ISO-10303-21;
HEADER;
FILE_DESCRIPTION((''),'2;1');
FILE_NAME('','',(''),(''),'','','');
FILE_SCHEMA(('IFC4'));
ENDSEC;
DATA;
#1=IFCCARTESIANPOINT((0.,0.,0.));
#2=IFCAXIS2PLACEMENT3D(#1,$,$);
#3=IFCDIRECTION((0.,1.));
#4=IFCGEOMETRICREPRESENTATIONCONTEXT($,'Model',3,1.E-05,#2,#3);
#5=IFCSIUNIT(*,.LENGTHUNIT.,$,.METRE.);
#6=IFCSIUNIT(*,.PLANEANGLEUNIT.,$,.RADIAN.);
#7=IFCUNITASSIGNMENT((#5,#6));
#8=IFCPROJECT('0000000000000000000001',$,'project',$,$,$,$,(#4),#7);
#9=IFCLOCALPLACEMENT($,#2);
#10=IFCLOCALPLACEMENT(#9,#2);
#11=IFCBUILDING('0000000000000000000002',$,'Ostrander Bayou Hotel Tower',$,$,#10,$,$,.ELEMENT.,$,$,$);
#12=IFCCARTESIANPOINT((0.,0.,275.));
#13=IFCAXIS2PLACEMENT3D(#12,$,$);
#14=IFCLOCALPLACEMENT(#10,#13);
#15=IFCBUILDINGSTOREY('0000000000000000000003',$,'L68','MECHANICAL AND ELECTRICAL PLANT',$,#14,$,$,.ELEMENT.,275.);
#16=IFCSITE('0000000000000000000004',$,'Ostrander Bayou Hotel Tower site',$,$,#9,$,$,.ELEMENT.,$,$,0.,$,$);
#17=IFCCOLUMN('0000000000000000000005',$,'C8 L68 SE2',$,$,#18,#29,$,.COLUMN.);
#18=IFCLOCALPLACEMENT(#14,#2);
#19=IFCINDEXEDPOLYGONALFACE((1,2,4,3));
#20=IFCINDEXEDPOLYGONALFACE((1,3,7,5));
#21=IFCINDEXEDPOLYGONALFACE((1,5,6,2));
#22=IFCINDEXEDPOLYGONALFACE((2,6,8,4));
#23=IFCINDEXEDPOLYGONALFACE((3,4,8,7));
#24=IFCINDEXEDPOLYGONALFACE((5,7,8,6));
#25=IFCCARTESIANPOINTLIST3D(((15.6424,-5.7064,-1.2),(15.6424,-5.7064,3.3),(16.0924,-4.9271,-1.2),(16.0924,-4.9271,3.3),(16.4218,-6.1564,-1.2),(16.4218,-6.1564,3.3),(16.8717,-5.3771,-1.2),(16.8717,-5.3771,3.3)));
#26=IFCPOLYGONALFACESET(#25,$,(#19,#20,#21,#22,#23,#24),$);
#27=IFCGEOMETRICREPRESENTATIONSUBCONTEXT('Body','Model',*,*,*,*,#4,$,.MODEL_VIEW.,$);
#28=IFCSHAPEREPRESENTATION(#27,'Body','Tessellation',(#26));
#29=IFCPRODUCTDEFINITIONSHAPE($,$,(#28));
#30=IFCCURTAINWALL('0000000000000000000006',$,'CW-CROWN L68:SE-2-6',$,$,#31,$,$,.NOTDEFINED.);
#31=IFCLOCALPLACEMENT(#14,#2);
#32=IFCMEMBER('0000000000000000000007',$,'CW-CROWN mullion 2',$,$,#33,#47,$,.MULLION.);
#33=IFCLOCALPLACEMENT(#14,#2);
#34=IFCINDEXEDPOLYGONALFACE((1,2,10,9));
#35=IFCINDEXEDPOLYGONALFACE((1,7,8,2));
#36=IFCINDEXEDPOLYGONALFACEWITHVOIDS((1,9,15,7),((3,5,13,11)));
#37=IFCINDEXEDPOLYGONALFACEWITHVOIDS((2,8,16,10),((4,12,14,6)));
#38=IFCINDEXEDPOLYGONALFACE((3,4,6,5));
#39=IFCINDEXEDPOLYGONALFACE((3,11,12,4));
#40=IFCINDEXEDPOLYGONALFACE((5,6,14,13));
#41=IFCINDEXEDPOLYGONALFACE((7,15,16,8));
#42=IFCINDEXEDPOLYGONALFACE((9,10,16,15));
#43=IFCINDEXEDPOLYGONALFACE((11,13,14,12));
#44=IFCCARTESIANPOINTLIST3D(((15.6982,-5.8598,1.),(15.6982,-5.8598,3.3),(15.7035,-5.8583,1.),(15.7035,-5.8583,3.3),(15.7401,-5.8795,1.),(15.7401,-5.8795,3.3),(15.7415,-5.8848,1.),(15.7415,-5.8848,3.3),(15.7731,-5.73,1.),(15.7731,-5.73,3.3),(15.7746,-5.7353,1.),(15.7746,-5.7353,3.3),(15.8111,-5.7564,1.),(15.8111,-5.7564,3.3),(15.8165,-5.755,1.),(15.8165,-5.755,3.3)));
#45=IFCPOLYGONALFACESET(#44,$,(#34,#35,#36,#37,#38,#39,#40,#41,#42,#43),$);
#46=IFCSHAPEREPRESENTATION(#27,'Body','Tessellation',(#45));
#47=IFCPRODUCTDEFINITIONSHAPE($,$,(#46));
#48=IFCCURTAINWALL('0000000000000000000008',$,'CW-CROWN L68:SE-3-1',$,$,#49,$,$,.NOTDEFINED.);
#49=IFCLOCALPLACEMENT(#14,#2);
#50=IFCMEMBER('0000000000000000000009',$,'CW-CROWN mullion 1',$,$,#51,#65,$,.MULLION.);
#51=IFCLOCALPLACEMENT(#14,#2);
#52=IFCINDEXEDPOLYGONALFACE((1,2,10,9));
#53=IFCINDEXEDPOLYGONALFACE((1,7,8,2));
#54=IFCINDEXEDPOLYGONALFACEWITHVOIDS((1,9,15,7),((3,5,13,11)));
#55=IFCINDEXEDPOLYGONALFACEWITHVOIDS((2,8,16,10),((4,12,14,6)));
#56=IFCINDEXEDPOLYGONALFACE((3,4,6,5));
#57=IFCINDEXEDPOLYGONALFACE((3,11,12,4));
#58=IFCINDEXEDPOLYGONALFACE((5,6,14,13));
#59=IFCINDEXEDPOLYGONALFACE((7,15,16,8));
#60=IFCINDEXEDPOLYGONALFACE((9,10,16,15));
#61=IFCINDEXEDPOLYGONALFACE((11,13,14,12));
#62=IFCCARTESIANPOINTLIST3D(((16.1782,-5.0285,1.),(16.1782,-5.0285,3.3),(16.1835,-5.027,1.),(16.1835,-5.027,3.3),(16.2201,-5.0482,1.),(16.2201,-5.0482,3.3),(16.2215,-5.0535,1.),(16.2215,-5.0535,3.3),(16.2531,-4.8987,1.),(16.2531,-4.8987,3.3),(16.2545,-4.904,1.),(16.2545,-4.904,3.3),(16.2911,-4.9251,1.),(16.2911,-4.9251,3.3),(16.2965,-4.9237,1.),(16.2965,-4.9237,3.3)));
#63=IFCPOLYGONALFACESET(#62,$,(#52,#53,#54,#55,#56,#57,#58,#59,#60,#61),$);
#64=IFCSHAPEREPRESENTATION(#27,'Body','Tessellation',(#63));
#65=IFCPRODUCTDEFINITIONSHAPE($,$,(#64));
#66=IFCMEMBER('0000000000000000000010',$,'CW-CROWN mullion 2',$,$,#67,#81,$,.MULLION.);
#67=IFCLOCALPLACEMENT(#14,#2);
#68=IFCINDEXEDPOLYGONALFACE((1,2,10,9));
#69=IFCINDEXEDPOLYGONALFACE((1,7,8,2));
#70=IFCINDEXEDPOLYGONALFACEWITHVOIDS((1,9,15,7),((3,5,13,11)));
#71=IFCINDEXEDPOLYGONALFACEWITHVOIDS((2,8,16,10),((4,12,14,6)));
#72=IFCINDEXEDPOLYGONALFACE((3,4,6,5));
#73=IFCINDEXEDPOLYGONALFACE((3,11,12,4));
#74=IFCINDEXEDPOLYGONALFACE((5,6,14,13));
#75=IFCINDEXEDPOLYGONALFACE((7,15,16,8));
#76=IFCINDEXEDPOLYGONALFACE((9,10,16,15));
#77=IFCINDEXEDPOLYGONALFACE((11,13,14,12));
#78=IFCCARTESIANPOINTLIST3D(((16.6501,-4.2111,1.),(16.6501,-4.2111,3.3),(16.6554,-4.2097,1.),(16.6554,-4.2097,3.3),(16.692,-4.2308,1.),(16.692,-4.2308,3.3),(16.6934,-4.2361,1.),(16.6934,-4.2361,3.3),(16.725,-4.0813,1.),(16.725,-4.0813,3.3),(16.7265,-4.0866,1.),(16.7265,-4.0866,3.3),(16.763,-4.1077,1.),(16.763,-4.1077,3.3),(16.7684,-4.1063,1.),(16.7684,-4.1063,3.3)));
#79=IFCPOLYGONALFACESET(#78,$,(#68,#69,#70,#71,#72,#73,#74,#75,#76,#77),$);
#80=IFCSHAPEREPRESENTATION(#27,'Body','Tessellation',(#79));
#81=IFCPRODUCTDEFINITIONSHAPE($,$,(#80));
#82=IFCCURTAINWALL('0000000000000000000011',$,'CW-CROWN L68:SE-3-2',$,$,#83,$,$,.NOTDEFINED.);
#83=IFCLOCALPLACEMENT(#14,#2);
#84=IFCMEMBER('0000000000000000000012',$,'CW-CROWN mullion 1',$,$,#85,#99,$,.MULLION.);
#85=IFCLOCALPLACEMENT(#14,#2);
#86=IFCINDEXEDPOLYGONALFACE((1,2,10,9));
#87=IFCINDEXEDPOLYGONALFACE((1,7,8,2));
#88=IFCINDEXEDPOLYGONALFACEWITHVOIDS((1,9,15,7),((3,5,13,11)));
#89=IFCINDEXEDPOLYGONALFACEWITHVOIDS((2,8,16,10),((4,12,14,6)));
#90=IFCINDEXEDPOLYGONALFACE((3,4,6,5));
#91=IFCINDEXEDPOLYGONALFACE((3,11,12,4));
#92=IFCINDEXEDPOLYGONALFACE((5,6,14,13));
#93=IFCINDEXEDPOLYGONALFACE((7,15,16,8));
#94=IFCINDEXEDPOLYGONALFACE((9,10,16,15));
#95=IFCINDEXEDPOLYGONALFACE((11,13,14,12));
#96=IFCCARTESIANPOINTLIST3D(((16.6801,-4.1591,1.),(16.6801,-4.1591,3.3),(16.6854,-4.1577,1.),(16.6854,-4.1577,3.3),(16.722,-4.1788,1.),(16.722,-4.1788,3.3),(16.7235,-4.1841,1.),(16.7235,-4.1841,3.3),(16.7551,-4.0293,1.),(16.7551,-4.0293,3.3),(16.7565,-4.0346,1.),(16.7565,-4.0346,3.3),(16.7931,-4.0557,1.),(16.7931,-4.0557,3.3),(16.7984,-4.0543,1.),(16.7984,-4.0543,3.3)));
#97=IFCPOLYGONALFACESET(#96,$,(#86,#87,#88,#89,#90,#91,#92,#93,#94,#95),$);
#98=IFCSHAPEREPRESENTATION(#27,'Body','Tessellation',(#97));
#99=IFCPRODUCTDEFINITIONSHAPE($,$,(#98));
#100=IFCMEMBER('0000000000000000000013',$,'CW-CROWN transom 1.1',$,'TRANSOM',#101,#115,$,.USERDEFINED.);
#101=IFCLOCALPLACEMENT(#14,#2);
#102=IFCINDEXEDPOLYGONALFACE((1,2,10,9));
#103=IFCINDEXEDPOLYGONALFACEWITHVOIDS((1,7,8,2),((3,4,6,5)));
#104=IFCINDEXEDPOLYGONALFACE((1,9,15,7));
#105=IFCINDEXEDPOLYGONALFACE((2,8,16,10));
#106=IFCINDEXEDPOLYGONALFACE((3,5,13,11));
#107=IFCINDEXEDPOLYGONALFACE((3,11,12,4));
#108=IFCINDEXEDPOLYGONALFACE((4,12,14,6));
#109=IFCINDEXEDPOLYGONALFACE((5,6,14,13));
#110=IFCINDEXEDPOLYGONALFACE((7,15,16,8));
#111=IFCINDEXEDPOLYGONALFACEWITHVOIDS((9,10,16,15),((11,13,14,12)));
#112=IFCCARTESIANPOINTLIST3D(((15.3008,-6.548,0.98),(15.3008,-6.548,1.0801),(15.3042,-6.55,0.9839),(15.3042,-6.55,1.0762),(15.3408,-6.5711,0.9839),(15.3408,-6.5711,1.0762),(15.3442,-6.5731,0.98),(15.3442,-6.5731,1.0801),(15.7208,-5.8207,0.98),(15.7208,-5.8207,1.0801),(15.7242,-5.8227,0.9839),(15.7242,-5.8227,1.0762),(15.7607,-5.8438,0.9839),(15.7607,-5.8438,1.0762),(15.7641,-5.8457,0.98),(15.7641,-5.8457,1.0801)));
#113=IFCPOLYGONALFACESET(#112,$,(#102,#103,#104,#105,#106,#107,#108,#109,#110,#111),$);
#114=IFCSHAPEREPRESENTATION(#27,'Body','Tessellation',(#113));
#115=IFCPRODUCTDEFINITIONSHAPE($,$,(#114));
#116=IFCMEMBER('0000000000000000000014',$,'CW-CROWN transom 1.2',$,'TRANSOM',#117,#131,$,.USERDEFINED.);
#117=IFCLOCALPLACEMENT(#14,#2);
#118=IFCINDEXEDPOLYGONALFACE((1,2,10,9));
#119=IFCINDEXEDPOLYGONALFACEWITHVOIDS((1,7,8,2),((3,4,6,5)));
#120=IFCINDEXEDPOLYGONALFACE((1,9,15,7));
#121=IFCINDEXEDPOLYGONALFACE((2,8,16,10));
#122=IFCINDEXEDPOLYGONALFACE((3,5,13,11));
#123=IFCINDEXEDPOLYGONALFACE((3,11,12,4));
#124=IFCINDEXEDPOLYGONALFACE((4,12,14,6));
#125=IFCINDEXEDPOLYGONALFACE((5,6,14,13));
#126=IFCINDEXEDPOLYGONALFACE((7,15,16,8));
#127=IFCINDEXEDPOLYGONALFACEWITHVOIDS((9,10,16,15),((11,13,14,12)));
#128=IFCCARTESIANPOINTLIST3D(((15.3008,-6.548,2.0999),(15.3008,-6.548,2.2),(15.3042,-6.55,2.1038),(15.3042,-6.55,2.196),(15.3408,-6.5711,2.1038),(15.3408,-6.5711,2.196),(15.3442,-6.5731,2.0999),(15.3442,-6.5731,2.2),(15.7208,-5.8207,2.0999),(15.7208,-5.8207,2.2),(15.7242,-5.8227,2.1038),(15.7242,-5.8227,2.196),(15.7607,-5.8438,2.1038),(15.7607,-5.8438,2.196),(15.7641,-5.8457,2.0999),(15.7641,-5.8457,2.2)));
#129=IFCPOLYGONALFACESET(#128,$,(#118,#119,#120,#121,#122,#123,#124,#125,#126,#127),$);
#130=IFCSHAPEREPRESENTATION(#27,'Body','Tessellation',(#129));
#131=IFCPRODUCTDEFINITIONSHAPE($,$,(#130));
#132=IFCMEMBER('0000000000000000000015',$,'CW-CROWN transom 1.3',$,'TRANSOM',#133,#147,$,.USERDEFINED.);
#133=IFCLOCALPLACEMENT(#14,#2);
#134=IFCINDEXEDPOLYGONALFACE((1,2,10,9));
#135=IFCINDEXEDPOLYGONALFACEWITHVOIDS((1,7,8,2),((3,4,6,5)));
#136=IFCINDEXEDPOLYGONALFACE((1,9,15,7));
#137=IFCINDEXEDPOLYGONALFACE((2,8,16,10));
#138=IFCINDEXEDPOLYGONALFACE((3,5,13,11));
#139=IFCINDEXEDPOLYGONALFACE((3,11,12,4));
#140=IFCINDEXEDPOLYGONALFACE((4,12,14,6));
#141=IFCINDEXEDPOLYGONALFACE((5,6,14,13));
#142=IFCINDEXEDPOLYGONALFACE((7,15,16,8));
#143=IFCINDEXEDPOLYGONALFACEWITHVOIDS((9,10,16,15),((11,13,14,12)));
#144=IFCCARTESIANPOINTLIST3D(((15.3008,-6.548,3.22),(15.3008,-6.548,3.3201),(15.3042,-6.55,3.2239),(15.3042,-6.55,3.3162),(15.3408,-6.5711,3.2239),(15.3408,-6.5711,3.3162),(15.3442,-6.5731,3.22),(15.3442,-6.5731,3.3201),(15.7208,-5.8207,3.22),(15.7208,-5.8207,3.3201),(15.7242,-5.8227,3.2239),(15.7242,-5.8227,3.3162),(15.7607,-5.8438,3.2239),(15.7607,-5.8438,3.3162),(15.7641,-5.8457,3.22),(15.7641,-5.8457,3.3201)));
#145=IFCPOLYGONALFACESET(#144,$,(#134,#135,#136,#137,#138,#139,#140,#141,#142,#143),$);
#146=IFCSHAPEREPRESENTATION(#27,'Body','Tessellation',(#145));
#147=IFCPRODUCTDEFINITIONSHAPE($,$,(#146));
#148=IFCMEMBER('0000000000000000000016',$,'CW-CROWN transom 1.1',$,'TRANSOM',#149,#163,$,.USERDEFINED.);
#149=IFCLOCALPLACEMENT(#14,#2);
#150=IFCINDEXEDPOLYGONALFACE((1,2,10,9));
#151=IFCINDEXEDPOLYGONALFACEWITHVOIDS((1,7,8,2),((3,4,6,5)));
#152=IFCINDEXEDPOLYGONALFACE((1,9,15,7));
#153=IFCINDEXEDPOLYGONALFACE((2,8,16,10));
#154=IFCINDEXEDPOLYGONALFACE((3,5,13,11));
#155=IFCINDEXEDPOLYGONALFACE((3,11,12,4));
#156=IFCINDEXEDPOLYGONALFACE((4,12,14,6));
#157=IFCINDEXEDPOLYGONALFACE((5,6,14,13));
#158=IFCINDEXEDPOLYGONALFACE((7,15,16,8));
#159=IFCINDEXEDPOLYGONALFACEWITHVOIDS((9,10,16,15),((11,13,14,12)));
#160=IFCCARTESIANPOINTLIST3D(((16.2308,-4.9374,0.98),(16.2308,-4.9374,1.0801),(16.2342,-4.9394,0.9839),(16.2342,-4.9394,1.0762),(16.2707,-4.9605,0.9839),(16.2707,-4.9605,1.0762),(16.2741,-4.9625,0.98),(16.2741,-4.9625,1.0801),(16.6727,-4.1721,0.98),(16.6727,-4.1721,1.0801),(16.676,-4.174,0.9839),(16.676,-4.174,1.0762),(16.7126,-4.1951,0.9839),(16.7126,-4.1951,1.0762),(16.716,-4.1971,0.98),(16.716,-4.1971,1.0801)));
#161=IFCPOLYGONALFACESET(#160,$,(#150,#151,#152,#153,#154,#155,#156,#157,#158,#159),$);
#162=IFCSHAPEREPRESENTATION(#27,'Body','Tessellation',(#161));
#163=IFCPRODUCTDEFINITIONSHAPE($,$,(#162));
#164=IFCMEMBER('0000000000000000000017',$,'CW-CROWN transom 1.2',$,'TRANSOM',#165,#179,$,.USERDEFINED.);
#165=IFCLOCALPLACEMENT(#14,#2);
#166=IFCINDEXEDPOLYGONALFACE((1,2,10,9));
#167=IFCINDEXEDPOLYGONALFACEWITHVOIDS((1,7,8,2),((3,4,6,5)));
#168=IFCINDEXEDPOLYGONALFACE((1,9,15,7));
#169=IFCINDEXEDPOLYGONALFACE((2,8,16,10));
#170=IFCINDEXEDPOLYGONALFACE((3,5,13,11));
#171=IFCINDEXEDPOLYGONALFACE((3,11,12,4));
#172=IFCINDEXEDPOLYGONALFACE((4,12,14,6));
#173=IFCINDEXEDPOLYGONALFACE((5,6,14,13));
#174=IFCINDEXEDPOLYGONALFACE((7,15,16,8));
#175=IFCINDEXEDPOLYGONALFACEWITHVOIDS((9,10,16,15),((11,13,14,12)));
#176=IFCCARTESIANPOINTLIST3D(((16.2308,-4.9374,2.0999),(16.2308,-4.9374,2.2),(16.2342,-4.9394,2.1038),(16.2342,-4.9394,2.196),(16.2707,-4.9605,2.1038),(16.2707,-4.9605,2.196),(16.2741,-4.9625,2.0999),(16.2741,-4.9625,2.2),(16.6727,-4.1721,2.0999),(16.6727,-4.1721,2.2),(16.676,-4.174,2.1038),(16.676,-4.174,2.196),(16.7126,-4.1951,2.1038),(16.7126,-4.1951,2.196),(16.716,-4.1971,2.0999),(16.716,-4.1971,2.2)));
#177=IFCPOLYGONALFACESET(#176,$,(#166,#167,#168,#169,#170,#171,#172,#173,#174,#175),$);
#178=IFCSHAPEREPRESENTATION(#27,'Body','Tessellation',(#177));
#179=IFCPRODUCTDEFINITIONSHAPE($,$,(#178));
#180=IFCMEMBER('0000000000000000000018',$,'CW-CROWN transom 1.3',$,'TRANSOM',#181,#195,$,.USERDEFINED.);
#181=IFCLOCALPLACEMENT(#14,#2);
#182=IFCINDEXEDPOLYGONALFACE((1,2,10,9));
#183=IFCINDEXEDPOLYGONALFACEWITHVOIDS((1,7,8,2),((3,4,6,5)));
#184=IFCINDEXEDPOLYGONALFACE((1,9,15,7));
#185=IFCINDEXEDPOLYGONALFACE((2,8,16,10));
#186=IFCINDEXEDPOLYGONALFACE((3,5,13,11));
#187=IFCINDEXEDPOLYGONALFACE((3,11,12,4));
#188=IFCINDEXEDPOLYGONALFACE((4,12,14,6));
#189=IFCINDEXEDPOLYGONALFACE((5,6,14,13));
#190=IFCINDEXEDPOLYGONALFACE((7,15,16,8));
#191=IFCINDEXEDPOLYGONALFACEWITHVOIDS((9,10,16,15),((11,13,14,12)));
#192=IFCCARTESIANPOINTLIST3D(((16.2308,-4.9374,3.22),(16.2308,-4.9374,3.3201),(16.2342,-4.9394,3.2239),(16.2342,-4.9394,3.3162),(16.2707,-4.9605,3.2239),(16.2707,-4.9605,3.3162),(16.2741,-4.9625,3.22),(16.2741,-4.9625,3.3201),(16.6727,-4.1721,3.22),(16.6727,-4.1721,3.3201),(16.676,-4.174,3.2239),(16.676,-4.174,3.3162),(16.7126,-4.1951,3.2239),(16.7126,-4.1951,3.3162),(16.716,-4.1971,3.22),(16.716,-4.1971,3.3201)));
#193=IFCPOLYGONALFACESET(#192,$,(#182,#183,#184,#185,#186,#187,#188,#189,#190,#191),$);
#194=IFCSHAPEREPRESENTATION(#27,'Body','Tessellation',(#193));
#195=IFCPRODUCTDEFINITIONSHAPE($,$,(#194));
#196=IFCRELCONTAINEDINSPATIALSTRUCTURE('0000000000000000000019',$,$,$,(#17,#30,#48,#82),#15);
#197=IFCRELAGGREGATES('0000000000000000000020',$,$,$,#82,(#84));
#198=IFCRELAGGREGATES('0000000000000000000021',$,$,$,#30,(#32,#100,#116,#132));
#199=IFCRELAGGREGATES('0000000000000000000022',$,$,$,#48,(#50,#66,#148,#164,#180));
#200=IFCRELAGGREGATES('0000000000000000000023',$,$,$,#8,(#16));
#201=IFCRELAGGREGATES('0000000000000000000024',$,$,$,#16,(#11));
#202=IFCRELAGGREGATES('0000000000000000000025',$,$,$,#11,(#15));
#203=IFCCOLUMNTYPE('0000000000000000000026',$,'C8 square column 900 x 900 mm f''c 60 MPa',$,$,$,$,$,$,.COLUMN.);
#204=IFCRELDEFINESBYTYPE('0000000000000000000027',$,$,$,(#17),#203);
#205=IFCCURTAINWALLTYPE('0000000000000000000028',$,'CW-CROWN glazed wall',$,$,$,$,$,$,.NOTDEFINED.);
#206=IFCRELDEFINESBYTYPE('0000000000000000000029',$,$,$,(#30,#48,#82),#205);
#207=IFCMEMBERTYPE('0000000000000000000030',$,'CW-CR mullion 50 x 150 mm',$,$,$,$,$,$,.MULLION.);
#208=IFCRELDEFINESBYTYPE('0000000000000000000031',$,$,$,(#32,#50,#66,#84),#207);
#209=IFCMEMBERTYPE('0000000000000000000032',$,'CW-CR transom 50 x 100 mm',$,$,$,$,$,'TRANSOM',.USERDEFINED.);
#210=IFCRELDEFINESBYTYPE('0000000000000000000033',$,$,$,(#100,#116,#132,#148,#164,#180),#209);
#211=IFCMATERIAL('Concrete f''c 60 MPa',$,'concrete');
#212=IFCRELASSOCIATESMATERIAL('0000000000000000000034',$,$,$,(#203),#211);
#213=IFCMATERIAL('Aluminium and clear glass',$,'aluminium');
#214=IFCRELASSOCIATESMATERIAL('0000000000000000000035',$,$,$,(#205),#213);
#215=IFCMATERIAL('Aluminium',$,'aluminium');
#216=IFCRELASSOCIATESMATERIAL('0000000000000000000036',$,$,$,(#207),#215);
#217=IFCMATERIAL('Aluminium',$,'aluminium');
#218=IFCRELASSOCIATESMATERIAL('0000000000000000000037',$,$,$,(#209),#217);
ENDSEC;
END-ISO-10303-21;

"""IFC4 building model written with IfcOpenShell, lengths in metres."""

from ifc_helpers import new_model, si_unit, direction, frame, origin, origin_2d, place, context, subcontext, project, spatial, rectangle, hollow_rectangle, extrude, material, material_profile, profile_set, type_object, element, aggregate, save


model = new_model("IFC4")

# Units and contexts
model_context = context("Model", 3, precision=1e-05, world=origin(), true_north=direction((0.0, 1.0)))
body_context = subcontext(model_context, "Body", "Model", "MODEL_VIEW")
ifc_project = project(units=[si_unit("LENGTHUNIT", "METRE"), si_unit("PLANEANGLEUNIT", "RADIAN")], contexts=[model_context])

# Site, building, storey
site_placement = place(None, origin())
site = spatial("IfcSite", under=ifc_project, at=site_placement, Name="Ostrander Bayou Hotel Tower site", CompositionType="ELEMENT", RefElevation=0.0)
building_placement = place(site_placement, origin())
building = spatial("IfcBuilding", under=site, at=building_placement, Name="Ostrander Bayou Hotel Tower", CompositionType="ELEMENT")
storey_placement = place(building_placement, frame((0.0, 0.0, 275.0)))
storey = spatial("IfcBuildingStorey", under=building, at=storey_placement, Name="L68", Description="MECHANICAL AND ELECTRICAL PLANT", CompositionType="ELEMENT", Elevation=275.0)

# Column
ifc_material_1 = material(Name="Concrete f'c 60 MPa", Category="concrete")
ifc_material_profile_1 = material_profile(ifc_material_1, rectangle(XDim=0.8999, YDim=0.8999, at=origin_2d()))
ifc_profile_set_1 = profile_set([ifc_material_profile_1], Name="Concrete f'c 60 MPa")
column_type = type_object("IfcColumnType", Name="C8 square column 900 x 900 mm f'c 60 MPa", PredefinedType="COLUMN", material=ifc_profile_set_1)
column_placement = place(storey_placement, frame((16.2571, -5.5417, -1.2), z_axis=(0.0, 0.0, 1.0), x_axis=(-0.5, -0.866025, 0.0)))
element("IfcColumn", 1, at=column_placement, inside=storey, type_object=column_type, Name="C8 L68 SE2", PredefinedType="COLUMN", context=body_context, shape_type="SweptSolid", body=[
    extrude(rectangle(XDim=0.8999, YDim=0.8999, at=origin_2d()), origin(), (0.0, 0.0, 1.0), 4.5),
])

# Curtain wall, member
ifc_material_2 = material(Name="Aluminium and clear glass", Category="aluminium")
curtain_wall_type = type_object("IfcCurtainWallType", Name="CW-CROWN glazed wall", PredefinedType="NOTDEFINED", material=ifc_material_2)
curtain_wall_1_placement = place(storey_placement, origin())
curtain_wall_1 = element("IfcCurtainWall", 2, at=curtain_wall_1_placement, inside=storey, type_object=curtain_wall_type, Name="CW-CROWN L68:SE-2-6", PredefinedType="NOTDEFINED")
ifc_material_3 = material(Name="Aluminium", Category="aluminium")
ifc_material_profile_2 = material_profile(ifc_material_3, hollow_rectangle(XDim=0.05, YDim=0.1499, WallThickness=0.0039, at=origin_2d()))
ifc_profile_set_2 = profile_set([ifc_material_profile_2], Name="Aluminium")
member_type_1 = type_object("IfcMemberType", Name="CW-CR mullion 50 x 150 mm", PredefinedType="MULLION", material=ifc_profile_set_2)
member_1_placement = place(storey_placement, frame((15.7573, -5.8074, 1.0), z_axis=(0.0, 0.0, 1.0), x_axis=(-0.866022, 0.500005, 0.0)))
member_1 = element("IfcMember", 3, at=member_1_placement, type_object=member_type_1, Name="CW-CROWN mullion 2", PredefinedType="MULLION", context=body_context, shape_type="SweptSolid", body=[
    extrude(hollow_rectangle(XDim=0.05, YDim=0.1499, WallThickness=0.0039, at=origin_2d()), origin(), (0.0, 0.0, 1.0), 2.3),
])

# Curtain wall, members
curtain_wall_2_placement = place(storey_placement, origin())
curtain_wall_2 = element("IfcCurtainWall", 4, at=curtain_wall_2_placement, inside=storey, type_object=curtain_wall_type, Name="CW-CROWN L68:SE-3-1", PredefinedType="NOTDEFINED")
member_2_placement = place(storey_placement, frame((16.2373, -4.9761, 1.0), z_axis=(0.0, 0.0, 1.0), x_axis=(-0.866021, 0.500007, 0.0)))
member_2 = element("IfcMember", 5, at=member_2_placement, type_object=member_type_1, Name="CW-CROWN mullion 1", PredefinedType="MULLION", context=body_context, shape_type="SweptSolid", body=[
    extrude(hollow_rectangle(XDim=0.05, YDim=0.1499, WallThickness=0.0039, at=origin_2d()), origin(), (0.0, 0.0, 1.0), 2.3),
])
member_3_placement = place(storey_placement, frame((16.7092, -4.1587, 1.0), z_axis=(0.0, 0.0, 1.0), x_axis=(-0.866021, 0.500007, 0.0)))
member_3 = element("IfcMember", 6, at=member_3_placement, type_object=member_type_1, Name="CW-CROWN mullion 2", PredefinedType="MULLION", context=body_context, shape_type="SweptSolid", body=[
    extrude(hollow_rectangle(XDim=0.05, YDim=0.1499, WallThickness=0.0039, at=origin_2d()), origin(), (0.0, 0.0, 1.0), 2.3),
])

# Curtain wall, member
curtain_wall_3_placement = place(storey_placement, origin())
curtain_wall_3 = element("IfcCurtainWall", 7, at=curtain_wall_3_placement, inside=storey, type_object=curtain_wall_type, Name="CW-CROWN L68:SE-3-2", PredefinedType="NOTDEFINED")
member_4_placement = place(storey_placement, frame((16.7393, -4.1067, 1.0), z_axis=(0.0, 0.0, 1.0), x_axis=(-0.866046, 0.499964, 0.0)))
member_4 = element("IfcMember", 8, at=member_4_placement, type_object=member_type_1, Name="CW-CROWN mullion 1", PredefinedType="MULLION", context=body_context, shape_type="SweptSolid", body=[
    extrude(hollow_rectangle(XDim=0.05, YDim=0.1499, WallThickness=0.0039, at=origin_2d()), origin(), (0.0, 0.0, 1.0), 2.3),
])

# Members
ifc_material_4 = material(Name="Aluminium", Category="aluminium")
ifc_material_profile_3 = material_profile(ifc_material_4, hollow_rectangle(XDim=0.05, YDim=0.1001, WallThickness=0.0039, at=origin_2d()))
ifc_profile_set_3 = profile_set([ifc_material_profile_3], Name="Aluminium")
member_type_2 = type_object("IfcMemberType", Name="CW-CR transom 50 x 100 mm", ElementType="TRANSOM", PredefinedType="USERDEFINED", material=ifc_profile_set_3)
member_5_placement = place(storey_placement, frame((15.3225, -6.5605, 1.03), z_axis=(0.500016, 0.866016, 0.0), x_axis=(-0.866016, 0.500016, 0.0)))
member_5 = element("IfcMember", 9, at=member_5_placement, type_object=member_type_2, Name="CW-CROWN transom 1.1", ObjectType="TRANSOM", PredefinedType="USERDEFINED", context=body_context, shape_type="SweptSolid", body=[
    extrude(hollow_rectangle(XDim=0.05, YDim=0.1001, WallThickness=0.0039, at=origin_2d()), origin(), (0.0, 0.0, 1.0), 0.8398),
])
member_6_placement = place(storey_placement, frame((15.3225, -6.5605, 2.1499), z_axis=(0.500016, 0.866016, 0.0), x_axis=(-0.866016, 0.500016, 0.0)))
member_6 = element("IfcMember", 10, at=member_6_placement, type_object=member_type_2, Name="CW-CROWN transom 1.2", ObjectType="TRANSOM", PredefinedType="USERDEFINED", context=body_context, shape_type="SweptSolid", body=[
    extrude(hollow_rectangle(XDim=0.05, YDim=0.1001, WallThickness=0.0039, at=origin_2d()), origin(), (0.0, 0.0, 1.0), 0.8398),
])
member_7_placement = place(storey_placement, frame((15.3225, -6.5605, 3.27), z_axis=(0.500016, 0.866016, 0.0), x_axis=(-0.866016, 0.500016, 0.0)))
member_7 = element("IfcMember", 11, at=member_7_placement, type_object=member_type_2, Name="CW-CROWN transom 1.3", ObjectType="TRANSOM", PredefinedType="USERDEFINED", context=body_context, shape_type="SweptSolid", body=[
    extrude(hollow_rectangle(XDim=0.05, YDim=0.1001, WallThickness=0.0039, at=origin_2d()), origin(), (0.0, 0.0, 1.0), 0.8398),
])
member_8_placement = place(storey_placement, frame((16.2524, -4.95, 1.03), z_axis=(0.500001, 0.866025, 0.0), x_axis=(-0.866025, 0.500001, 0.0)))
member_8 = element("IfcMember", 12, at=member_8_placement, type_object=member_type_2, Name="CW-CROWN transom 1.1", ObjectType="TRANSOM", PredefinedType="USERDEFINED", context=body_context, shape_type="SweptSolid", body=[
    extrude(hollow_rectangle(XDim=0.05, YDim=0.1001, WallThickness=0.0039, at=origin_2d()), origin(), (0.0, 0.0, 1.0), 0.8838),
])
member_9_placement = place(storey_placement, frame((16.2524, -4.95, 2.1499), z_axis=(0.500001, 0.866025, 0.0), x_axis=(-0.866025, 0.500001, 0.0)))
member_9 = element("IfcMember", 13, at=member_9_placement, type_object=member_type_2, Name="CW-CROWN transom 1.2", ObjectType="TRANSOM", PredefinedType="USERDEFINED", context=body_context, shape_type="SweptSolid", body=[
    extrude(hollow_rectangle(XDim=0.05, YDim=0.1001, WallThickness=0.0039, at=origin_2d()), origin(), (0.0, 0.0, 1.0), 0.8838),
])
member_10_placement = place(storey_placement, frame((16.2524, -4.95, 3.27), z_axis=(0.500001, 0.866025, 0.0), x_axis=(-0.866025, 0.500001, 0.0)))
member_10 = element("IfcMember", 14, at=member_10_placement, type_object=member_type_2, Name="CW-CROWN transom 1.3", ObjectType="TRANSOM", PredefinedType="USERDEFINED", context=body_context, shape_type="SweptSolid", body=[
    extrude(hollow_rectangle(XDim=0.05, YDim=0.1001, WallThickness=0.0039, at=origin_2d()), origin(), (0.0, 0.0, 1.0), 0.8838),
])
aggregate(curtain_wall_3, [member_4])

aggregate(curtain_wall_1, [member_1, member_5, member_6, member_7])
aggregate(curtain_wall_2, [member_2, member_3, member_8, member_9, member_10])

save(model, "model.ifc")
